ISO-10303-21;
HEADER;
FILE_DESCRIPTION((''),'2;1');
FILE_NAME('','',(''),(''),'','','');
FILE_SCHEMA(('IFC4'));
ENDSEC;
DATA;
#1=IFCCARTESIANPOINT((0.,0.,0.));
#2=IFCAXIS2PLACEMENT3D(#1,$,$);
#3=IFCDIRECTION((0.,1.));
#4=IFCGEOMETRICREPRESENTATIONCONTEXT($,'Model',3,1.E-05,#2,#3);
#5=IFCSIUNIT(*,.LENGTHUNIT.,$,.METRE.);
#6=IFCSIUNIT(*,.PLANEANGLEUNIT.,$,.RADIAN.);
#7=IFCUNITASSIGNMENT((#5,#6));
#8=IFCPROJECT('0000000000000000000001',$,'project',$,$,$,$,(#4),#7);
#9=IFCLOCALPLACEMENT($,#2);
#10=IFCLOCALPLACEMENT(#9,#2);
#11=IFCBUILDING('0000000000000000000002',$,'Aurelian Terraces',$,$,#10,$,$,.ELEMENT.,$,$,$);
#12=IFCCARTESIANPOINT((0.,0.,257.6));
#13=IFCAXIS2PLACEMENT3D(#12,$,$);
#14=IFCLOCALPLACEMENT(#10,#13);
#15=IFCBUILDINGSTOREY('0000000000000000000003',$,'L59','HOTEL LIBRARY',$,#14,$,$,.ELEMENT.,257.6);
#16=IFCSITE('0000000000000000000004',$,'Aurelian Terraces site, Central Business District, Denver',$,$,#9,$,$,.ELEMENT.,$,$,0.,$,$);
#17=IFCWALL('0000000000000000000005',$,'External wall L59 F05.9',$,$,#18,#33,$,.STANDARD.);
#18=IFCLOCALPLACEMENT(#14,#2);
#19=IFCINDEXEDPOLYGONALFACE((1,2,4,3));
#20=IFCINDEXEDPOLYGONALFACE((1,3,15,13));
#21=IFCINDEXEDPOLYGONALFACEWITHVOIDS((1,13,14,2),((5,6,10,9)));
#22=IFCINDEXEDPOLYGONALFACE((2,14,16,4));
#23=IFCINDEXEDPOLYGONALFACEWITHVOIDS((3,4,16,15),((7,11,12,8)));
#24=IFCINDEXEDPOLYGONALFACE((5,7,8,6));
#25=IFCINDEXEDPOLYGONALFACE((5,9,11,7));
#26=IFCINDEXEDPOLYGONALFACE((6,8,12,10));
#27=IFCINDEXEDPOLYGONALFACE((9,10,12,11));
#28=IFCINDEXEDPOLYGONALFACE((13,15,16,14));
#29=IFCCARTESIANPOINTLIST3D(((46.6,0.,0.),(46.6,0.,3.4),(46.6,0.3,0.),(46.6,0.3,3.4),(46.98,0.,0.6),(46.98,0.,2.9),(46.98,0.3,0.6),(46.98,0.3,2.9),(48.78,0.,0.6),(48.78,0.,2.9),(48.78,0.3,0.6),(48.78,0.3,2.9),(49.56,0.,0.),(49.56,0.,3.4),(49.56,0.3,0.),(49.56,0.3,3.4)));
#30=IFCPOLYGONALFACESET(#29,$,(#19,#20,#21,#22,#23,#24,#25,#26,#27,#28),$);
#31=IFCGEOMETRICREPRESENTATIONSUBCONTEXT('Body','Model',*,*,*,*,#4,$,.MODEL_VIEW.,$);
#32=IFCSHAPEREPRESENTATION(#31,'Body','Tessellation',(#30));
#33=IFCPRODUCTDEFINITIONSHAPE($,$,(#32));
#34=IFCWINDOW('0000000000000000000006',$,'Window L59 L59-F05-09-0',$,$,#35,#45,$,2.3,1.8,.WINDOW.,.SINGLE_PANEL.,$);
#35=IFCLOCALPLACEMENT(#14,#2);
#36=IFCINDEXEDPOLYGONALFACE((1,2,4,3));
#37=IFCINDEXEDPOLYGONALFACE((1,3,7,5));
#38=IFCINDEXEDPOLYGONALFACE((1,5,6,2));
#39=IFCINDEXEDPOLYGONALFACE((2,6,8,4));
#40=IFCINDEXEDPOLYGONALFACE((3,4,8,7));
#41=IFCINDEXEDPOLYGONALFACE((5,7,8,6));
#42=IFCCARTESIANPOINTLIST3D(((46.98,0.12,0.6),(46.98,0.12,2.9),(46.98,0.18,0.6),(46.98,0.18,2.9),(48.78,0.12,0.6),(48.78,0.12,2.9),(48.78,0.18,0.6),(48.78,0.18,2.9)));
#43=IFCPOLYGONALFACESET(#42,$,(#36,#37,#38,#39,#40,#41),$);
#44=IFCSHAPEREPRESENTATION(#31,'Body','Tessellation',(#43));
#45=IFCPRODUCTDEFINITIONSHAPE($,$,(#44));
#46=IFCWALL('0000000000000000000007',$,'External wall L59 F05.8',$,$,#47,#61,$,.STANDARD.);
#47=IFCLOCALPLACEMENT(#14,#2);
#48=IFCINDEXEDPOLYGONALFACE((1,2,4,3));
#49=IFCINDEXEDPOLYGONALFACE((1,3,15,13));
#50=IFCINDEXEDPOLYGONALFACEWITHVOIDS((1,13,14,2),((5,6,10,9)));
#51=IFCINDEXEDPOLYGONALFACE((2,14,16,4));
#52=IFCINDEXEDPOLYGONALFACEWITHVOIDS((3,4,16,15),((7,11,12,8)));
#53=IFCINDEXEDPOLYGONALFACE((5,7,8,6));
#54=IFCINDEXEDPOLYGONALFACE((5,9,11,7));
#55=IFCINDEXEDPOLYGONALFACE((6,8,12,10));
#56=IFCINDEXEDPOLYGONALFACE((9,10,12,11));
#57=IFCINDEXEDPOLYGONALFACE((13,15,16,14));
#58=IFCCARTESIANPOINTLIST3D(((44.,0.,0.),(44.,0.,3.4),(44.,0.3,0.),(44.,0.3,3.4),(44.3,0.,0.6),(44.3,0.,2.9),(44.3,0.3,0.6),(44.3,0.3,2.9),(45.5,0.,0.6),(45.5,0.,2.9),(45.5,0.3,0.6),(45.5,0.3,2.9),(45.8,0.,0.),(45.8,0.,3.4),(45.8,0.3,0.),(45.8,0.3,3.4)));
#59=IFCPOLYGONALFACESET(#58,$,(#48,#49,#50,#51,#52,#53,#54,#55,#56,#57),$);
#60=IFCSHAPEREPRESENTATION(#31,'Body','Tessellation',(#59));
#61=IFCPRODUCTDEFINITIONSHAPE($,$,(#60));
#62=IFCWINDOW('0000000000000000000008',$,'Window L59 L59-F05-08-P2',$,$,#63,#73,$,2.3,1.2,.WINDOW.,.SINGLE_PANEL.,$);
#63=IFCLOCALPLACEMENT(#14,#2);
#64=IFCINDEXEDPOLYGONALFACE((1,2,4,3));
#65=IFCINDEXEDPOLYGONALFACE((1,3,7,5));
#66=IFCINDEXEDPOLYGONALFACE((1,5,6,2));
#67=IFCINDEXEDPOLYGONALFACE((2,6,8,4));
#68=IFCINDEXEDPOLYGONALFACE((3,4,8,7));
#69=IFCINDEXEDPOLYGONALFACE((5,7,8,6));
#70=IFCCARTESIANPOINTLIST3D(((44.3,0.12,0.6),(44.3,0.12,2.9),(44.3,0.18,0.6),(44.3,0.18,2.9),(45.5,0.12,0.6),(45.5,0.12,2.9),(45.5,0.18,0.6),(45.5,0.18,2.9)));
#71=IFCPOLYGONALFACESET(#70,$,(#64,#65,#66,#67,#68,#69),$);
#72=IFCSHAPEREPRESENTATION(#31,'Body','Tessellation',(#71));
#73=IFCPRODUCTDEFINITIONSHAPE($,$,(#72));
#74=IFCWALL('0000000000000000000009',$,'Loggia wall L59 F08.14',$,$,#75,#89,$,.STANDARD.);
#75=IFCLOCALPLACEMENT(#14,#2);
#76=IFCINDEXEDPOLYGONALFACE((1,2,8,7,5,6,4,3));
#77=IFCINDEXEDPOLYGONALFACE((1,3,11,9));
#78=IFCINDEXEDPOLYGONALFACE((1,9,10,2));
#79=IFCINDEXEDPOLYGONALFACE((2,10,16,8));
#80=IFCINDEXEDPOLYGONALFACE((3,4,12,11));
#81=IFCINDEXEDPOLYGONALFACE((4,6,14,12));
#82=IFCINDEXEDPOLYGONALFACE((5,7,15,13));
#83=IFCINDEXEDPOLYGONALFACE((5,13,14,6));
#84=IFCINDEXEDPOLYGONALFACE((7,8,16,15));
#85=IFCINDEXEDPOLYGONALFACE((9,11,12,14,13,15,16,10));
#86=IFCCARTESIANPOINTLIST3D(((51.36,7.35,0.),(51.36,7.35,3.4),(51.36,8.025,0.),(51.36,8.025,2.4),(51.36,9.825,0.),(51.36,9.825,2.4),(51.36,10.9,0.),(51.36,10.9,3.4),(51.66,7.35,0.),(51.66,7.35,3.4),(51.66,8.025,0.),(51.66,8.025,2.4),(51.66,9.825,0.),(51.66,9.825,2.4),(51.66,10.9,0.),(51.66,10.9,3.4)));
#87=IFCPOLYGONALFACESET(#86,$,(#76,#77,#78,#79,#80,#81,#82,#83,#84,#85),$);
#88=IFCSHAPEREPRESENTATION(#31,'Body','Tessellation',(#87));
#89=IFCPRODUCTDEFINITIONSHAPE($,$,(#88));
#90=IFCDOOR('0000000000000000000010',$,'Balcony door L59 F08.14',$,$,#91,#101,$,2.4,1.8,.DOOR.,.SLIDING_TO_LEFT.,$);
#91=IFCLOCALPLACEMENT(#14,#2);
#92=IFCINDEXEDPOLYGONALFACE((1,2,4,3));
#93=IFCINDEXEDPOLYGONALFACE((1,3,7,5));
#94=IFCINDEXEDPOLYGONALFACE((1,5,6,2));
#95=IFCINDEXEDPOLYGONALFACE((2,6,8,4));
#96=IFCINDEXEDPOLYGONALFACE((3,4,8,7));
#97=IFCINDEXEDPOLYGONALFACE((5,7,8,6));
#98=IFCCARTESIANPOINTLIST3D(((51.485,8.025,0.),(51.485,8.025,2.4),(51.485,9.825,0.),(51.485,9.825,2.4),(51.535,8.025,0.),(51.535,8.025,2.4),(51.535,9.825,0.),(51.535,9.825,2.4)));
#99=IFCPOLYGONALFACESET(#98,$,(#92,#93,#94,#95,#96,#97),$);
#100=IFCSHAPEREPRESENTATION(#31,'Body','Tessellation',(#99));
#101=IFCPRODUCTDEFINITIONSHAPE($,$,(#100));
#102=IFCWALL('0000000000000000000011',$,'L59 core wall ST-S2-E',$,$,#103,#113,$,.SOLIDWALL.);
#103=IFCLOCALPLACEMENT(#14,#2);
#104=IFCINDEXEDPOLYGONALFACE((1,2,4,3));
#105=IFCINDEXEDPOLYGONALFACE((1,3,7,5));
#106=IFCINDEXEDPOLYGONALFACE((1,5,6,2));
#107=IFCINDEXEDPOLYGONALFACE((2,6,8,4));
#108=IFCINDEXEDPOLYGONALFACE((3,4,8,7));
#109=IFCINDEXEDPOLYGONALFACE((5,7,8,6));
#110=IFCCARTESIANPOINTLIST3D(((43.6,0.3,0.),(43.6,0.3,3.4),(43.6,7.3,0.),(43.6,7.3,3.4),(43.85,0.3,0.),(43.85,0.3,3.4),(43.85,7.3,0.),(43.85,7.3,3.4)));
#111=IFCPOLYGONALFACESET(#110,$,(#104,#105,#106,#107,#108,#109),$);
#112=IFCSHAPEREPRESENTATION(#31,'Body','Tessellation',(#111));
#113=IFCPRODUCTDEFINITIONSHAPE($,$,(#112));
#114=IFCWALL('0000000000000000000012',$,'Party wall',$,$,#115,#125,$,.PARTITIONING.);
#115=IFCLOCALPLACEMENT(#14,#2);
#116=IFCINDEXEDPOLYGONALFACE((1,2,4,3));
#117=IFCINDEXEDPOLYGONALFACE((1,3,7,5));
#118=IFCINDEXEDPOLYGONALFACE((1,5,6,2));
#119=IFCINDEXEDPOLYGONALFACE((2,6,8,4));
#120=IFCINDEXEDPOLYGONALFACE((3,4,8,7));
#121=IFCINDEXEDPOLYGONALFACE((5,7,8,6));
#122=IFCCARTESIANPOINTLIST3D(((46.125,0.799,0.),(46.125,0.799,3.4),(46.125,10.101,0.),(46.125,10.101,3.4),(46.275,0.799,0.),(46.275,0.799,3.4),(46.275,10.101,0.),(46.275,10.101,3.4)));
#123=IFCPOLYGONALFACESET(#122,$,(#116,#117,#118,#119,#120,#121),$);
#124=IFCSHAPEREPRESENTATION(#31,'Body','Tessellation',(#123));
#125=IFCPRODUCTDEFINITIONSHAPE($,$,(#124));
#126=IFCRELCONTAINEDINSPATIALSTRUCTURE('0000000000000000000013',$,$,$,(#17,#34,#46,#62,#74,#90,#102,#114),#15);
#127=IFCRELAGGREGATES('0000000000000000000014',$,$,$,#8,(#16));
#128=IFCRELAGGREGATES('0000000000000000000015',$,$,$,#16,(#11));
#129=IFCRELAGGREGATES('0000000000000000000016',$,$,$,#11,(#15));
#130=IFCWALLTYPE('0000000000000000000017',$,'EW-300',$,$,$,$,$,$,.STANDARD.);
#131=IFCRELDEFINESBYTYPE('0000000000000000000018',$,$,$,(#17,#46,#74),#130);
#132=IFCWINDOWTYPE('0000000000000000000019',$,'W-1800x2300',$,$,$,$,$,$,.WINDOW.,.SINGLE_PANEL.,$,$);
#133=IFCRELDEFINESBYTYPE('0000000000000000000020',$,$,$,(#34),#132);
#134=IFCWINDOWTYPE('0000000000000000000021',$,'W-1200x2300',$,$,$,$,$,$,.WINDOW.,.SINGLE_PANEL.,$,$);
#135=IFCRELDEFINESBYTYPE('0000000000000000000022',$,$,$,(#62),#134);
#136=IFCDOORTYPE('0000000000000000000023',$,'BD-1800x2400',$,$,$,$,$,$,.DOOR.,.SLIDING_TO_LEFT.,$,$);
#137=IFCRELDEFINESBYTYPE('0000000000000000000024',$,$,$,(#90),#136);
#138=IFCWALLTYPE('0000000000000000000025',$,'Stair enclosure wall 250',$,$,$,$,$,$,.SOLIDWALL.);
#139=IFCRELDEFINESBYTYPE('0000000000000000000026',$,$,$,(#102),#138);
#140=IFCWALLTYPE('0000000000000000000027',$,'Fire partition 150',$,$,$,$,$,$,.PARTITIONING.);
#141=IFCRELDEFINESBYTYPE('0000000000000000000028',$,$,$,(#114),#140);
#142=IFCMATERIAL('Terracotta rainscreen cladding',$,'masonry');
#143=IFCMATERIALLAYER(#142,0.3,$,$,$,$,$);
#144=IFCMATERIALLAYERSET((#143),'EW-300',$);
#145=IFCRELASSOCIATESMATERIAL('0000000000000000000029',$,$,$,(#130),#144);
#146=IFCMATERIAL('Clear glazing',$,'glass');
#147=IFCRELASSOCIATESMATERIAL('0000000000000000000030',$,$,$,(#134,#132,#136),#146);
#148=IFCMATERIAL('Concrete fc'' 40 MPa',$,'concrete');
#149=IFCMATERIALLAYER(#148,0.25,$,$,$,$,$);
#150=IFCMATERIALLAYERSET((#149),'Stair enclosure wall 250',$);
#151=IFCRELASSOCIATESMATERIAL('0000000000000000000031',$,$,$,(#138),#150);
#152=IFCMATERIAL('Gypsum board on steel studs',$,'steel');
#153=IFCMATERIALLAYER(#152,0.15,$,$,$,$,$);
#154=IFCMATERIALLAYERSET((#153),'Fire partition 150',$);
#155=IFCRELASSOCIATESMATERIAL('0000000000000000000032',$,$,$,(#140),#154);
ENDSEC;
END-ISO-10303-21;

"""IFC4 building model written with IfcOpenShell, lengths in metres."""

from ifc_helpers import new_model, si_unit, direction, frame, frame_2d, origin, place, context, subcontext, project, spatial, rectangle, extrude, source, transform, mapped, material, layer, layer_set, type_object, element, fill, save


model = new_model("IFC4")

# Units and contexts
model_context = context("Model", 3, precision=1e-05, world=origin(), true_north=direction((0.0, 1.0)))
body_context = subcontext(model_context, "Body", "Model", "MODEL_VIEW")
ifc_project = project(units=[si_unit("LENGTHUNIT", "METRE"), si_unit("PLANEANGLEUNIT", "RADIAN")], contexts=[model_context])

# Site, building, storey
site_placement = place(None, origin())
site = spatial("IfcSite", under=ifc_project, at=site_placement, Name="Aurelian Terraces site, Central Business District, Denver", CompositionType="ELEMENT", RefElevation=0.0)
building_placement = place(site_placement, origin())
building = spatial("IfcBuilding", under=site, at=building_placement, Name="Aurelian Terraces", CompositionType="ELEMENT")
storey_placement = place(building_placement, frame((0.0, 0.0, 257.6)))
storey = spatial("IfcBuildingStorey", under=building, at=storey_placement, Name="L59", Description="HOTEL LIBRARY", CompositionType="ELEMENT", Elevation=257.6)

# Shared definitions
ifc_material_1 = material(Name="Terracotta rainscreen cladding", Category="masonry")
ifc_layer_1 = layer(ifc_material_1, 0.3)
ifc_layer_set_1 = layer_set([ifc_layer_1], Name="EW-300")
wall_type_1 = type_object("IfcWallType", Name="EW-300", PredefinedType="STANDARD", material=ifc_layer_set_1)
ifc_material_2 = material(Name="Clear glazing", Category="glass")
shared_shape_1 = source(origin(), body_context, "Body", "SweptSolid", [
    extrude(rectangle(XDim=1.2, YDim=2.3, at=frame_2d((0.6, 1.15))), frame((0.0, 0.16, 0.0), z_axis=(0.0, -1.0, 0.0), x_axis=(1.0, 0.0, 0.0)), (0.0, 0.0, 1.0), 0.32),
])
window_type_1 = type_object("IfcWindowType", Name="W-1200x2300", PartitioningType="SINGLE_PANEL", PredefinedType="WINDOW", material=ifc_material_2)
shared_shape_2 = source(origin(), body_context, "Body", "SweptSolid", [
    extrude(rectangle(XDim=1.2, YDim=2.3, at=frame_2d((0.6, 1.15))), frame((0.0, 0.03, 0.0), z_axis=(0.0, -1.0, 0.0), x_axis=(1.0, 0.0, 0.0)), (0.0, 0.0, 1.0), 0.06),
])
shared_shape_3 = source(origin(), body_context, "Body", "SweptSolid", [
    extrude(rectangle(XDim=1.8, YDim=2.3, at=frame_2d((0.9, 1.15))), frame((0.0, 0.16, 0.0), z_axis=(0.0, -1.0, 0.0), x_axis=(1.0, 0.0, 0.0)), (0.0, 0.0, 1.0), 0.32),
])
window_type_2 = type_object("IfcWindowType", Name="W-1800x2300", PartitioningType="SINGLE_PANEL", PredefinedType="WINDOW", material=ifc_material_2)
shared_shape_4 = source(origin(), body_context, "Body", "SweptSolid", [
    extrude(rectangle(XDim=1.8, YDim=2.3, at=frame_2d((0.9, 1.15))), frame((0.0, 0.03, 0.0), z_axis=(0.0, -1.0, 0.0), x_axis=(1.0, 0.0, 0.0)), (0.0, 0.0, 1.0), 0.06),
])

# Walls, openings, windows
shared_shape_5 = source(origin(), body_context, "Body", "SweptSolid", [
    extrude(rectangle(XDim=2.96, YDim=0.3, at=frame_2d((1.48, 0.0))), origin(), (0.0, 0.0, 1.0), 3.4),
])
wall_1_placement = place(storey_placement, frame((46.6, 0.15, 0.0), z_axis=(0.0, 0.0, 1.0), x_axis=(1.0, 0.0, 0.0)))
wall_1 = element("IfcWall", 1, at=wall_1_placement, inside=storey, type_object=wall_type_1, Name="External wall L59 F05.9", PredefinedType="STANDARD", context=body_context, shape_type="MappedRepresentation", body=[
    mapped(shared_shape_5, transform((0.0, 0.0, 0.0), scale=1.0)),
])
opening_1_placement = place(wall_1_placement, frame((0.38, 0.0, 0.6)))
opening_1 = element("IfcOpeningElement", 2, at=opening_1_placement, cuts=wall_1, PredefinedType="OPENING", context=body_context, shape_type="MappedRepresentation", body=[
    mapped(shared_shape_3, transform((0.0, 0.0, 0.0), scale=1.0)),
])
window_1_placement = place(opening_1_placement, origin())
window_1 = element("IfcWindow", 3, at=window_1_placement, inside=storey, type_object=window_type_2, Name="Window L59 L59-F05-09-0", OverallHeight=2.3, OverallWidth=1.8, PartitioningType="SINGLE_PANEL", PredefinedType="WINDOW", context=body_context, shape_type="MappedRepresentation", body=[
    mapped(shared_shape_4, transform((0.0, 0.0, 0.0), scale=1.0)),
])
fill(opening_1, window_1)
shared_shape_6 = source(origin(), body_context, "Body", "SweptSolid", [
    extrude(rectangle(XDim=1.8, YDim=0.3, at=frame_2d((0.9, 0.0))), origin(), (0.0, 0.0, 1.0), 3.4),
])
wall_2_placement = place(storey_placement, frame((44.0, 0.15, 0.0), z_axis=(0.0, 0.0, 1.0), x_axis=(1.0, 0.0, 0.0)))
wall_2 = element("IfcWall", 4, at=wall_2_placement, inside=storey, type_object=wall_type_1, Name="External wall L59 F05.8", PredefinedType="STANDARD", context=body_context, shape_type="MappedRepresentation", body=[
    mapped(shared_shape_6, transform((0.0, 0.0, 0.0), scale=1.0)),
])
opening_2_placement = place(wall_2_placement, frame((0.3, 0.0, 0.6)))
opening_2 = element("IfcOpeningElement", 5, at=opening_2_placement, cuts=wall_2, PredefinedType="OPENING", context=body_context, shape_type="MappedRepresentation", body=[
    mapped(shared_shape_1, transform((0.0, 0.0, 0.0), scale=1.0)),
])
window_2_placement = place(opening_2_placement, origin())
window_2 = element("IfcWindow", 6, at=window_2_placement, inside=storey, type_object=window_type_1, Name="Window L59 L59-F05-08-P2", OverallHeight=2.3, OverallWidth=1.2, PartitioningType="SINGLE_PANEL", PredefinedType="WINDOW", context=body_context, shape_type="MappedRepresentation", body=[
    mapped(shared_shape_2, transform((0.0, 0.0, 0.0), scale=1.0)),
])
fill(opening_2, window_2)

# Wall, opening, door
shared_shape_7 = source(origin(), body_context, "Body", "SweptSolid", [
    extrude(rectangle(XDim=3.55, YDim=0.3, at=frame_2d((1.775, 0.0))), origin(), (0.0, 0.0, 1.0), 3.4),
])
wall_3_placement = place(storey_placement, frame((51.51, 7.35, 0.0), z_axis=(0.0, 0.0, 1.0), x_axis=(0.0, 1.0, 0.0)))
wall_3 = element("IfcWall", 7, at=wall_3_placement, inside=storey, type_object=wall_type_1, Name="Loggia wall L59 F08.14", PredefinedType="STANDARD", context=body_context, shape_type="MappedRepresentation", body=[
    mapped(shared_shape_7, transform((0.0, 0.0, 0.0), scale=1.0)),
])
shared_shape_8 = source(origin(), body_context, "Body", "SweptSolid", [
    extrude(rectangle(XDim=1.8, YDim=2.4, at=frame_2d((0.9, 1.2))), frame((0.0, 0.16, 0.0), z_axis=(0.0, -1.0, 0.0), x_axis=(1.0, 0.0, 0.0)), (0.0, 0.0, 1.0), 0.32),
])
opening_3_placement = place(wall_3_placement, frame((0.675, 0.0, 0.0)))
opening_3 = element("IfcOpeningElement", 8, at=opening_3_placement, cuts=wall_3, PredefinedType="OPENING", context=body_context, shape_type="MappedRepresentation", body=[
    mapped(shared_shape_8, transform((0.0, 0.0, 0.0), scale=1.0)),
])
door_type_1 = type_object("IfcDoorType", Name="BD-1800x2400", OperationType="SLIDING_TO_LEFT", PredefinedType="DOOR", material=ifc_material_2)
shared_shape_9 = source(origin(), body_context, "Body", "SweptSolid", [
    extrude(rectangle(XDim=1.8, YDim=2.4, at=frame_2d((0.9, 1.2))), frame((0.0, 0.025, 0.0), z_axis=(0.0, -1.0, 0.0), x_axis=(1.0, 0.0, 0.0)), (0.0, 0.0, 1.0), 0.05),
])
door_1_placement = place(opening_3_placement, origin())
door_1 = element("IfcDoor", 9, at=door_1_placement, inside=storey, type_object=door_type_1, Name="Balcony door L59 F08.14", OperationType="SLIDING_TO_LEFT", OverallHeight=2.4, OverallWidth=1.8, PredefinedType="DOOR", context=body_context, shape_type="MappedRepresentation", body=[
    mapped(shared_shape_9, transform((0.0, 0.0, 0.0), scale=1.0)),
])
fill(opening_3, door_1)

# Walls
ifc_material_3 = material(Name="Concrete fc' 40 MPa", Category="concrete")
ifc_layer_2 = layer(ifc_material_3, 0.25)
ifc_layer_set_2 = layer_set([ifc_layer_2], Name="Stair enclosure wall 250")
wall_type_2 = type_object("IfcWallType", Name="Stair enclosure wall 250", PredefinedType="SOLIDWALL", material=ifc_layer_set_2)
shared_shape_10 = source(origin(), body_context, "Body", "SweptSolid", [
    extrude(rectangle(XDim=7.0, YDim=0.25, at=frame_2d((3.5, 0.0))), origin(), (0.0, 0.0, 1.0), 3.4),
])
wall_4_placement = place(storey_placement, frame((43.725, 0.3, 0.0), z_axis=(0.0, 0.0, 1.0), x_axis=(0.0, 1.0, 0.0)))
element("IfcWall", 10, at=wall_4_placement, inside=storey, type_object=wall_type_2, Name="L59 core wall ST-S2-E", PredefinedType="SOLIDWALL", context=body_context, shape_type="MappedRepresentation", body=[
    mapped(shared_shape_10, transform((0.0, 0.0, 0.0), scale=1.0)),
])
ifc_material_4 = material(Name="Gypsum board on steel studs", Category="steel")
ifc_layer_3 = layer(ifc_material_4, 0.15)
ifc_layer_set_3 = layer_set([ifc_layer_3], Name="Fire partition 150")
wall_type_3 = type_object("IfcWallType", Name="Fire partition 150", PredefinedType="PARTITIONING", material=ifc_layer_set_3)
shared_shape_11 = source(origin(), body_context, "Body", "SweptSolid", [
    extrude(rectangle(XDim=9.302, YDim=0.15, at=frame_2d((4.651, 0.0))), origin(), (0.0, 0.0, 1.0), 3.4),
])
wall_5_placement = place(storey_placement, frame((46.2, 0.799, 0.0), z_axis=(0.0, 0.0, 1.0), x_axis=(0.0, 1.0, 0.0)))
element("IfcWall", 11, at=wall_5_placement, inside=storey, type_object=wall_type_3, Name="Party wall", PredefinedType="PARTITIONING", context=body_context, shape_type="MappedRepresentation", body=[
    mapped(shared_shape_11, transform((0.0, 0.0, 0.0), scale=1.0)),
])

save(model, "model.ifc")
